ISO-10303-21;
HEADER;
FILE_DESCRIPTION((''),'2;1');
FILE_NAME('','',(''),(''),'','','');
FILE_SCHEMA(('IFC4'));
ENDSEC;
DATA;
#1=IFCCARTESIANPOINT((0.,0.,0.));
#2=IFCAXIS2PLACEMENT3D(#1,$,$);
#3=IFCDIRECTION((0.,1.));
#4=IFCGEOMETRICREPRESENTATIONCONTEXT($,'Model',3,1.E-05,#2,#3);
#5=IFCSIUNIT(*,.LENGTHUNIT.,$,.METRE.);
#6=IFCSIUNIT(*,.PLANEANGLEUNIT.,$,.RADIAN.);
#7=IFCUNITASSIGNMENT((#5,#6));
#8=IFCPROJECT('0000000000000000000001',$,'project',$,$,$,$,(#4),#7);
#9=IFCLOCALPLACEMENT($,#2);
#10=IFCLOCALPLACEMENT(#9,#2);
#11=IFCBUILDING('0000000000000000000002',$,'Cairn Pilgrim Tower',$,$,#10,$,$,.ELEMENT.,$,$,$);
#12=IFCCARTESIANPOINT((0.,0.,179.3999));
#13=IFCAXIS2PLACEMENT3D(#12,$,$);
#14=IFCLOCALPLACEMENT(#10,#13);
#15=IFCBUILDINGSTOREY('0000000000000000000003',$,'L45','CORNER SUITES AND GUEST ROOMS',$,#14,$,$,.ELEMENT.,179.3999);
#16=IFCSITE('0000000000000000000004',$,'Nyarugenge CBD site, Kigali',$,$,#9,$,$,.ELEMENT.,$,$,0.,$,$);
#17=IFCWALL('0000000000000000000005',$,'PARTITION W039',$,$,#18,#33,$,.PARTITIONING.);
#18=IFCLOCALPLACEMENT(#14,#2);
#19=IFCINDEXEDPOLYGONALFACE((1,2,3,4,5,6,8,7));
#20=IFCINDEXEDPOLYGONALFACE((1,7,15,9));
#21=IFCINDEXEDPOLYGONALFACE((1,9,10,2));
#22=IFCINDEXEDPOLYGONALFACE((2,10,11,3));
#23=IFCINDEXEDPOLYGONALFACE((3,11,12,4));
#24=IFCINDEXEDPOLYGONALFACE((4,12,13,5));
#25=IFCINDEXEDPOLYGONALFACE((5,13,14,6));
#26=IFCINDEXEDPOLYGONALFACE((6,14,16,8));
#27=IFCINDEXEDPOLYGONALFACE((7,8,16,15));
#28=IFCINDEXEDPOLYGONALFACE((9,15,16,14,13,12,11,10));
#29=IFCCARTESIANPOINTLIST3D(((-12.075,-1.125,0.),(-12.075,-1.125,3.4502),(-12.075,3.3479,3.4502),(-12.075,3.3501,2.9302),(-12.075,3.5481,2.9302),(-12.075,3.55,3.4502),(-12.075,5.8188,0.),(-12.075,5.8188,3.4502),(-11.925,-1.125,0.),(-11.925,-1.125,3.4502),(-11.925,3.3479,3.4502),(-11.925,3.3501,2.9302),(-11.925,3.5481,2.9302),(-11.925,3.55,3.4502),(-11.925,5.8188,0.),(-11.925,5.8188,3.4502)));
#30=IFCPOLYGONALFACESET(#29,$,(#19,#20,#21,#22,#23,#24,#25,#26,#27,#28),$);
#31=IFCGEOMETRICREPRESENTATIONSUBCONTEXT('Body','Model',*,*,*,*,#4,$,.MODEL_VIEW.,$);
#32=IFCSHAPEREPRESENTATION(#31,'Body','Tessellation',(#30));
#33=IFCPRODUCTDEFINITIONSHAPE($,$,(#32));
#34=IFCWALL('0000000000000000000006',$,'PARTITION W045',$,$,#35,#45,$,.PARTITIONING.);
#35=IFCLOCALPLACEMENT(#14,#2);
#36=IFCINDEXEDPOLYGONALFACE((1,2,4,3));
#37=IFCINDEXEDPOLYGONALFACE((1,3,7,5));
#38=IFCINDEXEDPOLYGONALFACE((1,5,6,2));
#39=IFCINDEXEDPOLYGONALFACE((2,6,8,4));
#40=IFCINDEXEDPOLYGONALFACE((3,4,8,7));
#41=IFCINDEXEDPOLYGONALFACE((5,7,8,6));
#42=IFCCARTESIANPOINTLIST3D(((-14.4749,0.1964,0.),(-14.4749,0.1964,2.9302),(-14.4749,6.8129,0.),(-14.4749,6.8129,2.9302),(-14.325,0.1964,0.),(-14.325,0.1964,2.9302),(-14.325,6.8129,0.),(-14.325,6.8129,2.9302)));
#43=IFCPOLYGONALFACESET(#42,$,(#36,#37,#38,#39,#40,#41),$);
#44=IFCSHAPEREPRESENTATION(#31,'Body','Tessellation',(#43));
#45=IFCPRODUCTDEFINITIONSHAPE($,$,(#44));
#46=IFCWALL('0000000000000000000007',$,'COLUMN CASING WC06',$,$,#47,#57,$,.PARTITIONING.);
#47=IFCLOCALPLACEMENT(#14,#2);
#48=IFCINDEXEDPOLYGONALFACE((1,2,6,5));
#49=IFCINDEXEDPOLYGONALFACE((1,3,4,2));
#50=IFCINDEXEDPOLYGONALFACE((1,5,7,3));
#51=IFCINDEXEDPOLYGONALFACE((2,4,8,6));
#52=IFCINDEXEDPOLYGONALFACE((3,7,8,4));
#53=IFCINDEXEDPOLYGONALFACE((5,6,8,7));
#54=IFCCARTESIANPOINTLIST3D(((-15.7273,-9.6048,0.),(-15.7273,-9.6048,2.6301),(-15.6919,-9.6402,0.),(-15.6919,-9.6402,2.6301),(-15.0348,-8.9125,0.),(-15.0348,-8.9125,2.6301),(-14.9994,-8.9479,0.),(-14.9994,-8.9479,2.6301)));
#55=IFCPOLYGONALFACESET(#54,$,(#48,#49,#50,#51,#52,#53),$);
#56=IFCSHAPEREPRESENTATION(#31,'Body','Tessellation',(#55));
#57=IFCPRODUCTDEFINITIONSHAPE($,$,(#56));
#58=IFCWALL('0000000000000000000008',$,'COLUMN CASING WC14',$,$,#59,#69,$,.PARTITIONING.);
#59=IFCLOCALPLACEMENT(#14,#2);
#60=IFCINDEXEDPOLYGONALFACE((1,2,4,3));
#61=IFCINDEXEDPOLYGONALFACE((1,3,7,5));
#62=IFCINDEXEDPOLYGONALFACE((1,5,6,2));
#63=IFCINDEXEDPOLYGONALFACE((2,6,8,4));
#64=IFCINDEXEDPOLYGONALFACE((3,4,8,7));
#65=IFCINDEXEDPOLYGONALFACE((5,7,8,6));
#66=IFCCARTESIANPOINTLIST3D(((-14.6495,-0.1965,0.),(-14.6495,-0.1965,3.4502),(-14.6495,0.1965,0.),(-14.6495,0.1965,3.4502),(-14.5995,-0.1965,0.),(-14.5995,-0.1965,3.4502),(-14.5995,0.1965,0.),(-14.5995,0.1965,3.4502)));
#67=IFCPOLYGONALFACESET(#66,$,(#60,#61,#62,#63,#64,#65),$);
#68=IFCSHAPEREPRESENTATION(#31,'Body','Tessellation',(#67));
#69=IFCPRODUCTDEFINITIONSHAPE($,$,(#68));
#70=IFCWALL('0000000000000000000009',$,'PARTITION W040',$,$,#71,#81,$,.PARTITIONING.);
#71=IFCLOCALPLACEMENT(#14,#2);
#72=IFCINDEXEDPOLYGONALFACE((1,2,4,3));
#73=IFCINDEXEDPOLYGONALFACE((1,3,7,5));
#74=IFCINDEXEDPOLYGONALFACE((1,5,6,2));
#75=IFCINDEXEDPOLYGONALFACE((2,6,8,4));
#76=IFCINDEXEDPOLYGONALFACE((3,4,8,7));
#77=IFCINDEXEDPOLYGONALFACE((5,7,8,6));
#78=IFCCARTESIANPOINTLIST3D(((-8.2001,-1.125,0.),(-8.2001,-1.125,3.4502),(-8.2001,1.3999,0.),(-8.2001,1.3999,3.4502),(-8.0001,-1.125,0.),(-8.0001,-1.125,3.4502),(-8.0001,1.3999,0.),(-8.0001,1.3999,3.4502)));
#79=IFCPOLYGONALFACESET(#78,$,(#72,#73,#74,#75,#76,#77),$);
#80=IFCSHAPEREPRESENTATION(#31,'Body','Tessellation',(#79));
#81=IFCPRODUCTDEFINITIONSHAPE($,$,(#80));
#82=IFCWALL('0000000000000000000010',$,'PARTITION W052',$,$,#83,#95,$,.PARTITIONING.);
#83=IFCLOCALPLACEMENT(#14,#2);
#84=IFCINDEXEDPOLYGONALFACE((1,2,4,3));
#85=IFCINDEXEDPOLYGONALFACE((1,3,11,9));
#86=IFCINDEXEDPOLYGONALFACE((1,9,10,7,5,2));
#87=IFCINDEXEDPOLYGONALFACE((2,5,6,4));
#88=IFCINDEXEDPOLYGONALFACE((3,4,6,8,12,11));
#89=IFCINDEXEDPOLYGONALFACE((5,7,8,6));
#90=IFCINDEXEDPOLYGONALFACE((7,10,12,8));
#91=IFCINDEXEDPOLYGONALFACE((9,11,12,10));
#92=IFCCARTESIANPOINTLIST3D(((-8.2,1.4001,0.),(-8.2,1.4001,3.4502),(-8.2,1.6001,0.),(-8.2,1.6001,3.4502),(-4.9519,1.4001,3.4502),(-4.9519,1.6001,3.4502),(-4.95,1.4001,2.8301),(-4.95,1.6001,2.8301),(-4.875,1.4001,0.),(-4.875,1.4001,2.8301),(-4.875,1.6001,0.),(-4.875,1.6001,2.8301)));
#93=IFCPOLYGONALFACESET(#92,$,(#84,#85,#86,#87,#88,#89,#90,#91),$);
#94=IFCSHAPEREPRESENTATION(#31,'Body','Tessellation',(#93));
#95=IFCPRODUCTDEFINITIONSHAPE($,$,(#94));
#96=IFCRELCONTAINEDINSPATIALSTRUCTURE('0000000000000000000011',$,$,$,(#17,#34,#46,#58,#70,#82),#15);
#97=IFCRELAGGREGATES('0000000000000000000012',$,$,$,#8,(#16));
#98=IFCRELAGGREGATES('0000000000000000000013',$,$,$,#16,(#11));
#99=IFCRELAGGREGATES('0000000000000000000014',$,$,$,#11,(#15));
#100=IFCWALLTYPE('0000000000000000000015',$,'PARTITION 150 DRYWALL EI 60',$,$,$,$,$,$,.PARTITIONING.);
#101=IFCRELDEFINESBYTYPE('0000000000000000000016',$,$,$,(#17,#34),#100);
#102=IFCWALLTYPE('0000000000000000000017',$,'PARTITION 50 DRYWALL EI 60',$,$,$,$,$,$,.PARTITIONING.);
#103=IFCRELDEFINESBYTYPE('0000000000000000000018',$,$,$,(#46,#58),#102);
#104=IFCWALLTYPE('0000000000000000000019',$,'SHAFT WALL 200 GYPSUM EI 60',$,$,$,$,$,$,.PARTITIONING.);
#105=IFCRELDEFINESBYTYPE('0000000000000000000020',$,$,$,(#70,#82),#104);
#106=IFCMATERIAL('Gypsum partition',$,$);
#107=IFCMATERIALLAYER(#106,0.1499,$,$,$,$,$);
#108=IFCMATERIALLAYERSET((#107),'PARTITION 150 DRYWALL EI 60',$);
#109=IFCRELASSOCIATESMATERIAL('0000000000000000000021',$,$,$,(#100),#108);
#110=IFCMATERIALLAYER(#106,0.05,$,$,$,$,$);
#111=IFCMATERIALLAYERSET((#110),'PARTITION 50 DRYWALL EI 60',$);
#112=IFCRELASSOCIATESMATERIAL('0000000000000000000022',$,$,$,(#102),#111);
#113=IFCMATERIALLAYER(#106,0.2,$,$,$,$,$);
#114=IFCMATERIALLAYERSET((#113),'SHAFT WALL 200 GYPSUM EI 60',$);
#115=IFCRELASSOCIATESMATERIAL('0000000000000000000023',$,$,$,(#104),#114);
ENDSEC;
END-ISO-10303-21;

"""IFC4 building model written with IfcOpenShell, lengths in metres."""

from ifc_helpers import new_model, si_unit, direction, frame, frame_2d, origin, place, context, subcontext, project, spatial, polyline, rectangle, outline, extrude, material, layer, layer_set, type_object, element, save


model = new_model("IFC4")

# Units and contexts
model_context = context("Model", 3, precision=1e-05, world=origin(), true_north=direction((0.0, 1.0)))
body_context = subcontext(model_context, "Body", "Model", "MODEL_VIEW")
ifc_project = project(units=[si_unit("LENGTHUNIT", "METRE"), si_unit("PLANEANGLEUNIT", "RADIAN")], contexts=[model_context])

# Site, building, storey
site_placement = place(None, origin())
site = spatial("IfcSite", under=ifc_project, at=site_placement, Name="Nyarugenge CBD site, Kigali", CompositionType="ELEMENT", RefElevation=0.0)
building_placement = place(site_placement, origin())
building = spatial("IfcBuilding", under=site, at=building_placement, Name="Cairn Pilgrim Tower", CompositionType="ELEMENT")
storey_placement = place(building_placement, frame((0.0, 0.0, 179.3999)))
storey = spatial("IfcBuildingStorey", under=building, at=storey_placement, Name="L45", Description="CORNER SUITES AND GUEST ROOMS", CompositionType="ELEMENT", Elevation=179.3999)

# Shared definitions
ifc_material_1 = material(Name="Gypsum partition")

# Shared definitions
ifc_layer_1 = layer(ifc_material_1, 0.1499)
ifc_layer_set_1 = layer_set([ifc_layer_1], Name="PARTITION 150 DRYWALL EI 60")
wall_type_1 = type_object("IfcWallType", Name="PARTITION 150 DRYWALL EI 60", PredefinedType="PARTITIONING", material=ifc_layer_set_1)

# Walls
wall_1_placement = place(storey_placement, frame((-12.0, -1.125, 0.0), z_axis=(0.0, 0.0, 1.0), x_axis=(0.0, 1.0, 0.0)))
element("IfcWall", 1, at=wall_1_placement, inside=storey, type_object=wall_type_1, Name="PARTITION W039", PredefinedType="PARTITIONING", context=body_context, shape_type="SweptSolid", body=[
    extrude(outline(polyline([(0.0, 0.0), (6.9438, 0.0), (6.9438, 3.4502), (4.675, 3.4502), (4.6731, 2.9302), (4.4751, 2.9302), (4.4729, 3.4502), (0.0, 3.4502), (0.0, 0.0)])), frame((0.0, 0.075, 0.0), z_axis=(0.0, -1.0, 0.0), x_axis=(1.0, 0.0, 0.0)), (0.0, 0.0, 1.0), 0.1499),
])
wall_2_placement = place(storey_placement, frame((-14.3999, 0.1965, 0.0), z_axis=(0.0, 0.0, 1.0), x_axis=(0.0, 1.0, 0.0)))
element("IfcWall", 2, at=wall_2_placement, inside=storey, type_object=wall_type_1, Name="PARTITION W045", PredefinedType="PARTITIONING", context=body_context, shape_type="SweptSolid", body=[
    extrude(rectangle(XDim=6.6165, YDim=0.1499, at=frame_2d((3.3081, 0.0))), origin(), (0.0, 0.0, 1.0), 2.9302),
])
ifc_layer_2 = layer(ifc_material_1, 0.05)
ifc_layer_set_2 = layer_set([ifc_layer_2], Name="PARTITION 50 DRYWALL EI 60")
wall_type_2 = type_object("IfcWallType", Name="PARTITION 50 DRYWALL EI 60", PredefinedType="PARTITIONING", material=ifc_layer_set_2)
wall_3_placement = place(storey_placement, frame((-15.7097, -9.6226, 0.0), z_axis=(0.0, 0.0, 1.0), x_axis=(0.707231, 0.706982, 0.0)))
element("IfcWall", 3, at=wall_3_placement, inside=storey, type_object=wall_type_2, Name="COLUMN CASING WC06", PredefinedType="PARTITIONING", context=body_context, shape_type="SweptSolid", body=[
    extrude(rectangle(XDim=0.9792, YDim=0.05, at=frame_2d((0.4897, 0.0))), origin(), (0.0, 0.0, 1.0), 2.6301),
])
wall_4_placement = place(storey_placement, frame((-14.6245, -0.1965, 0.0), z_axis=(0.0, 0.0, 1.0), x_axis=(0.0, 1.0, 0.0)))
element("IfcWall", 4, at=wall_4_placement, inside=storey, type_object=wall_type_2, Name="COLUMN CASING WC14", PredefinedType="PARTITIONING", context=body_context, shape_type="SweptSolid", body=[
    extrude(rectangle(XDim=0.3931, YDim=0.05, at=frame_2d((0.1965, 0.0))), origin(), (0.0, 0.0, 1.0), 3.4502),
])
ifc_layer_3 = layer(ifc_material_1, 0.2)
ifc_layer_set_3 = layer_set([ifc_layer_3], Name="SHAFT WALL 200 GYPSUM EI 60")
wall_type_3 = type_object("IfcWallType", Name="SHAFT WALL 200 GYPSUM EI 60", PredefinedType="PARTITIONING", material=ifc_layer_set_3)
wall_5_placement = place(storey_placement, frame((-8.1001, -1.125, 0.0), z_axis=(0.0, 0.0, 1.0), x_axis=(0.0, 1.0, 0.0)))
element("IfcWall", 5, at=wall_5_placement, inside=storey, type_object=wall_type_3, Name="PARTITION W040", PredefinedType="PARTITIONING", context=body_context, shape_type="SweptSolid", body=[
    extrude(rectangle(XDim=2.5249, YDim=0.2, at=frame_2d((1.2625, 0.0))), origin(), (0.0, 0.0, 1.0), 3.4502),
])
wall_6_placement = place(storey_placement, frame((-8.2, 1.5, 0.0), z_axis=(0.0, 0.0, 1.0), x_axis=(1.0, 0.0, 0.0)))
element("IfcWall", 6, at=wall_6_placement, inside=storey, type_object=wall_type_3, Name="PARTITION W052", PredefinedType="PARTITIONING", context=body_context, shape_type="SweptSolid", body=[
    extrude(outline(polyline([(0.0, 0.0), (3.325, 0.0), (3.325, 2.8301), (3.25, 2.8301), (3.248, 3.4502), (0.0, 3.4502), (0.0, 0.0)])), frame((0.0, 0.1001, 0.0), z_axis=(0.0, -1.0, 0.0), x_axis=(1.0, 0.0, 0.0)), (0.0, 0.0, 1.0), 0.2),
])

save(model, "model.ifc")
